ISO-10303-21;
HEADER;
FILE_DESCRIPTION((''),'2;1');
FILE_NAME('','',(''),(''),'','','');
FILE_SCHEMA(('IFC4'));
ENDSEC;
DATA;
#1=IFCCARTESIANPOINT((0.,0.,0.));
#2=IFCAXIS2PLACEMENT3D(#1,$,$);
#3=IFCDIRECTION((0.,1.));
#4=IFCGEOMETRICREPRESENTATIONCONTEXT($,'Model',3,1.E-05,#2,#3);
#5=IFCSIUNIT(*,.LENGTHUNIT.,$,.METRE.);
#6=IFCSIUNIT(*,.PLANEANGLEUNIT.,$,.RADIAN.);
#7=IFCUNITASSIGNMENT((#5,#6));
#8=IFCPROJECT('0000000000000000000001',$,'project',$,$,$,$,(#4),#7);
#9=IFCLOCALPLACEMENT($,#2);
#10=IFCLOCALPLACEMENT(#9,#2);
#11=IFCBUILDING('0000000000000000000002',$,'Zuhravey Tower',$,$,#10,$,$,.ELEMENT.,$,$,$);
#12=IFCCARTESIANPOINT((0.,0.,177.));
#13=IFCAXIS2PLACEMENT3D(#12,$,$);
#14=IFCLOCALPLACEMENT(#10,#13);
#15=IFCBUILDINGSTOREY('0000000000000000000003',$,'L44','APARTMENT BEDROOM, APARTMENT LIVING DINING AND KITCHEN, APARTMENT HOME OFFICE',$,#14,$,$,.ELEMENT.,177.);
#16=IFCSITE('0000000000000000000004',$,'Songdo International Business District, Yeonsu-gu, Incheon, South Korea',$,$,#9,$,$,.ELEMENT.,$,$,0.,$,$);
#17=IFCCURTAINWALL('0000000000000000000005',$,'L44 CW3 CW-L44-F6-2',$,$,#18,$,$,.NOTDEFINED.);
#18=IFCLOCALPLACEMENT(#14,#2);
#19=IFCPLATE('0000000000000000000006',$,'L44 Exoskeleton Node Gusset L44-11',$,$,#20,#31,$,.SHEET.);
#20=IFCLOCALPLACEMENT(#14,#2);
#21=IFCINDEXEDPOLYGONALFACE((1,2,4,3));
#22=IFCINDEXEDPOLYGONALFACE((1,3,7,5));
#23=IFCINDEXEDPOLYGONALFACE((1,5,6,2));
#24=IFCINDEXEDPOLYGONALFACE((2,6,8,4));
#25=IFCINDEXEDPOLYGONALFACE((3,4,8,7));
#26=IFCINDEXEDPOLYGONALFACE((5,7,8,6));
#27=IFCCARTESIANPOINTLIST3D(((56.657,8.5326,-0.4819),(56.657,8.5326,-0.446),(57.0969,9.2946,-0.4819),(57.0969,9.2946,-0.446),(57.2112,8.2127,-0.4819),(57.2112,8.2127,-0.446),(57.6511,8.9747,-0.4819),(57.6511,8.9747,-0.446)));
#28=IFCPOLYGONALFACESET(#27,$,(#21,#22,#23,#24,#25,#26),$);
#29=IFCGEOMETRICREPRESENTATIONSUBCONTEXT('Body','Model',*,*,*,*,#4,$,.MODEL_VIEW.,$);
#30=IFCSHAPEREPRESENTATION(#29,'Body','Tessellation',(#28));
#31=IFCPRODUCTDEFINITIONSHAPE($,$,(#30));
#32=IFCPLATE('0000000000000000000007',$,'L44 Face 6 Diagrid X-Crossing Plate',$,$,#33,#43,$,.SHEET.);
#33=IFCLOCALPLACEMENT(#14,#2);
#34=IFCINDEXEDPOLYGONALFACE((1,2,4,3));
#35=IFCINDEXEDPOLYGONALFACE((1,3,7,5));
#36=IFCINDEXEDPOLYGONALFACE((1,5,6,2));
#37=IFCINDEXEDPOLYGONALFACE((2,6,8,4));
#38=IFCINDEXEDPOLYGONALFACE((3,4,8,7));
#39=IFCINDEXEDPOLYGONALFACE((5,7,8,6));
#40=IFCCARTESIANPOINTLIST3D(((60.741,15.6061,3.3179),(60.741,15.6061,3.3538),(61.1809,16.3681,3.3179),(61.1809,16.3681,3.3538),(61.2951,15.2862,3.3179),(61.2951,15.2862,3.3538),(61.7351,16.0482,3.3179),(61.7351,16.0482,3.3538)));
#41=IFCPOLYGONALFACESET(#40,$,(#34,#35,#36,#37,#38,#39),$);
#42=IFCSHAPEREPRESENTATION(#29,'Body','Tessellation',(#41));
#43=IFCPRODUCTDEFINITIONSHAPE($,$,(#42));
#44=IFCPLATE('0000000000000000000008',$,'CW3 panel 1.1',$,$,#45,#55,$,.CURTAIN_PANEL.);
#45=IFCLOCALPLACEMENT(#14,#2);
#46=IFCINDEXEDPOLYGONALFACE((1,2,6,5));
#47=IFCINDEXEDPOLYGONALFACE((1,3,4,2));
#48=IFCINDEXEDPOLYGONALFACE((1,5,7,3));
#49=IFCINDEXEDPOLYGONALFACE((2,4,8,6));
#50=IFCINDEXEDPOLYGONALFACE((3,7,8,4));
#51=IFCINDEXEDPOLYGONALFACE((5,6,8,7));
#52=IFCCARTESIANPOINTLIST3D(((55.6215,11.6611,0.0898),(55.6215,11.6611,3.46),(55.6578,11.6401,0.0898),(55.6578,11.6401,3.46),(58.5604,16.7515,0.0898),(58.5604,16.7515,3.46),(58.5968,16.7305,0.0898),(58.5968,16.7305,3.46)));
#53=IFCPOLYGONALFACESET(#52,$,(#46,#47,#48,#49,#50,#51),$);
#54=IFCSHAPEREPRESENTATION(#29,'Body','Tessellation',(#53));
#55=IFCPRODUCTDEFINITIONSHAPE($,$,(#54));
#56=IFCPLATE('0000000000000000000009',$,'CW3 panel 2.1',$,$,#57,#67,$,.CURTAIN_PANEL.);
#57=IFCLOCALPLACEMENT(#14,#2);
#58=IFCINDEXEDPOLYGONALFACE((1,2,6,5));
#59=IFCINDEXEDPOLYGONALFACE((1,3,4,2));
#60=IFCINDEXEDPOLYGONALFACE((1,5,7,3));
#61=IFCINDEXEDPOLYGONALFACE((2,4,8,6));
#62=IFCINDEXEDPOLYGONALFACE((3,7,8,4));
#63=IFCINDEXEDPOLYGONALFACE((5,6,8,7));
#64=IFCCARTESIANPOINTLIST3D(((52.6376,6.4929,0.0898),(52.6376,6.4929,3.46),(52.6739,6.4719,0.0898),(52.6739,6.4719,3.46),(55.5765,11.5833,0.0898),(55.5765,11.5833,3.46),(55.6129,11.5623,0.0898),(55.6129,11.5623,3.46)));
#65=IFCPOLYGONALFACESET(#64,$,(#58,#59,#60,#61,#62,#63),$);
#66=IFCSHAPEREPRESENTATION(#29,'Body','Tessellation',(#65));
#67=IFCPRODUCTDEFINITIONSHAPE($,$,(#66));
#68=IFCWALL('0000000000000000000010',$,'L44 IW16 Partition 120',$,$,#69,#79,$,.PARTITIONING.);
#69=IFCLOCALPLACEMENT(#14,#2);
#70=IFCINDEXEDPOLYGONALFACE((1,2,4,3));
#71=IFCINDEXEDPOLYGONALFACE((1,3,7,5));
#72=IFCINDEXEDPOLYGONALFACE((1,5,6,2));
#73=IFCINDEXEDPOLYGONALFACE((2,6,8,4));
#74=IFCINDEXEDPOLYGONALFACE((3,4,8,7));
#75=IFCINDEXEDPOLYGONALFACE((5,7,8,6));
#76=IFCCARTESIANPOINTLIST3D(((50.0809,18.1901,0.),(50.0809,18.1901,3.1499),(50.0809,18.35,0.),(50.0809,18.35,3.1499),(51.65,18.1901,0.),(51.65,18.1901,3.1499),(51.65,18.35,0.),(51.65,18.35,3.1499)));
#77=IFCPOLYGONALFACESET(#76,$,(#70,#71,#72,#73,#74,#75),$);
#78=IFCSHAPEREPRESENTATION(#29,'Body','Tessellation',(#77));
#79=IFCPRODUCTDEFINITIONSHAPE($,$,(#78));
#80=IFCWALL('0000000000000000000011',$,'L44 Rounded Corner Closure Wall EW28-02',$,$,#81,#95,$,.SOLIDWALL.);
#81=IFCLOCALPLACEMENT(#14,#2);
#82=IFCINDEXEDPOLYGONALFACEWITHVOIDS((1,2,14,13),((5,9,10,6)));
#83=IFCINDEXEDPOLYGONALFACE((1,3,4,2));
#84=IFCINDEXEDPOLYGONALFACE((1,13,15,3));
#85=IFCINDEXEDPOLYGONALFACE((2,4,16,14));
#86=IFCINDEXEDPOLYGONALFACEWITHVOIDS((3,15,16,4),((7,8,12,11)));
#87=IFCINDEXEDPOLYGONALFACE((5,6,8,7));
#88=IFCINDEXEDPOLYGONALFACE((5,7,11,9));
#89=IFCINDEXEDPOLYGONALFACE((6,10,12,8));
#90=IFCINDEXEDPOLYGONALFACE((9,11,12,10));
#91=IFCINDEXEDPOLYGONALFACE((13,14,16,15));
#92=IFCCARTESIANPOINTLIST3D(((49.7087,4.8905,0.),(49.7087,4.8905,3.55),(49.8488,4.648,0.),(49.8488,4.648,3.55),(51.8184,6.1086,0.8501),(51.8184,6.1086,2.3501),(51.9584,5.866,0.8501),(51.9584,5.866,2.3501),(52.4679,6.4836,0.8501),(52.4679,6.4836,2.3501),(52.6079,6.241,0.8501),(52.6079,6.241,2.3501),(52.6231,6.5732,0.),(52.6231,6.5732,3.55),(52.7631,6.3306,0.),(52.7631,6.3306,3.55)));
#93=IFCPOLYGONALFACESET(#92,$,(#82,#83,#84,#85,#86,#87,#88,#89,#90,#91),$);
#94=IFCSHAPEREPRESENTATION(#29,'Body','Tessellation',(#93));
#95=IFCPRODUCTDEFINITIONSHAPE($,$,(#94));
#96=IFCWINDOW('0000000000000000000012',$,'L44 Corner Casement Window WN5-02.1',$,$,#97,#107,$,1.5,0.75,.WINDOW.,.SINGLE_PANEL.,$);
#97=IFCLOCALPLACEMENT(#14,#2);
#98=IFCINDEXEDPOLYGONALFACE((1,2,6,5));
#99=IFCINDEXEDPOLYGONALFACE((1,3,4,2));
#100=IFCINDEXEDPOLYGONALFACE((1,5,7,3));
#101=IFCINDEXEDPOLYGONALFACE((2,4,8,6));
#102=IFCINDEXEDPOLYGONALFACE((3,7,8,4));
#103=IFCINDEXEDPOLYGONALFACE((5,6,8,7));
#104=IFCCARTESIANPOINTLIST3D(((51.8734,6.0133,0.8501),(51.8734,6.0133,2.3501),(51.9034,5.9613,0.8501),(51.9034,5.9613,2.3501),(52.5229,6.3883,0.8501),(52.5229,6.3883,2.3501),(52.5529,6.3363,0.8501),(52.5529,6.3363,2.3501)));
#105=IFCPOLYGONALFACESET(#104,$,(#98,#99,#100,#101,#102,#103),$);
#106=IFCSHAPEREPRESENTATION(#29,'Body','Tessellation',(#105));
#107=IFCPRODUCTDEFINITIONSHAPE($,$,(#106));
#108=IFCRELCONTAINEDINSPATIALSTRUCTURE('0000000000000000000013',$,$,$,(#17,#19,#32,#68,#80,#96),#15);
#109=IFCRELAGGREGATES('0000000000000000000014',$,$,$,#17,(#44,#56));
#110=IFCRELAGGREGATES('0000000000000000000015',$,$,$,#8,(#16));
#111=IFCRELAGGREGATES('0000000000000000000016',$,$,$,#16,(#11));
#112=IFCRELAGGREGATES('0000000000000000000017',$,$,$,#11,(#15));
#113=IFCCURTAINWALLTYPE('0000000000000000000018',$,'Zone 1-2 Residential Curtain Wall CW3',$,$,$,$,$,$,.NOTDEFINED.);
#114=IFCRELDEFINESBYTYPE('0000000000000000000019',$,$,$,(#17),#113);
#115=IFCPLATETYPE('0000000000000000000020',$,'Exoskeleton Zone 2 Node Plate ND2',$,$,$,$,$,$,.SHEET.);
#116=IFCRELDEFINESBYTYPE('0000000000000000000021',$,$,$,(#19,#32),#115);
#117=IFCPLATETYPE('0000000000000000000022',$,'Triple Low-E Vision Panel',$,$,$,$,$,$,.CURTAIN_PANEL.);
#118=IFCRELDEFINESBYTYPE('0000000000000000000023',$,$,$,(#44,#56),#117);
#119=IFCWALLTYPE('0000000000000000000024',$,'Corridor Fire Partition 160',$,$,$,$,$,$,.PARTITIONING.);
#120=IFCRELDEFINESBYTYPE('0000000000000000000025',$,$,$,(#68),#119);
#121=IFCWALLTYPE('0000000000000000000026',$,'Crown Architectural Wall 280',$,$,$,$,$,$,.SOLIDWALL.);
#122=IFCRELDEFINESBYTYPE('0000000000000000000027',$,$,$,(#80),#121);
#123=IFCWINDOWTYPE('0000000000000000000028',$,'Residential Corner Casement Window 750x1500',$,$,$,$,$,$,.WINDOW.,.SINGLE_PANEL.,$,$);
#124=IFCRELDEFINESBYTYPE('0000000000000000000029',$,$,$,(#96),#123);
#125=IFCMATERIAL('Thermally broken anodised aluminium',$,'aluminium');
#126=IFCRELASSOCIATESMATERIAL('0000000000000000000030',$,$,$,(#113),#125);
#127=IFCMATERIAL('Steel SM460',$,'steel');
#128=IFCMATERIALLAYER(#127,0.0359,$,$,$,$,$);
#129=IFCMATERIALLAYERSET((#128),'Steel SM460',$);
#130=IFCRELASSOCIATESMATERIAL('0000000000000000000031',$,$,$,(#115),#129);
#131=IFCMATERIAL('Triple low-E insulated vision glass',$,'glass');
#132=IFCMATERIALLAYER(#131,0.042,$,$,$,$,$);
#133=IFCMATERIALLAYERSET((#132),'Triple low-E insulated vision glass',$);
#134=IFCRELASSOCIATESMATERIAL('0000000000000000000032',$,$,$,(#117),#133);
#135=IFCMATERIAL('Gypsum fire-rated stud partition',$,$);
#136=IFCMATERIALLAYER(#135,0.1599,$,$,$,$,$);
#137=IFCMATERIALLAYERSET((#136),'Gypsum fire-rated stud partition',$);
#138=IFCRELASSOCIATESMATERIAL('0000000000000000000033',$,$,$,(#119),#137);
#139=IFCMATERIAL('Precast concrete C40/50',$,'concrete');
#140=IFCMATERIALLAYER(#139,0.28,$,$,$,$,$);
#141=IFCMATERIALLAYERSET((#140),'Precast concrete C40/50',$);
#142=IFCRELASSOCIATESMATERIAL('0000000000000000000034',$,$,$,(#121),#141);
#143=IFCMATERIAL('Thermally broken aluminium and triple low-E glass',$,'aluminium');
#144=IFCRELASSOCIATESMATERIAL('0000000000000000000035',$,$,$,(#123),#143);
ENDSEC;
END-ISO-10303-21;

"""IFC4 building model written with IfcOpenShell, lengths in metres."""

from ifc_helpers import new_model, si_unit, direction, frame, frame_2d, origin, origin_2d, place, context, subcontext, project, spatial, rectangle, extrude, material, layer, layer_set, type_object, element, fill, aggregate, save


model = new_model("IFC4")

# Units and contexts
model_context = context("Model", 3, precision=1e-05, world=origin(), true_north=direction((0.0, 1.0)))
body_context = subcontext(model_context, "Body", "Model", "MODEL_VIEW")
ifc_project = project(units=[si_unit("LENGTHUNIT", "METRE"), si_unit("PLANEANGLEUNIT", "RADIAN")], contexts=[model_context])

# Site, building, storey
site_placement = place(None, origin())
site = spatial("IfcSite", under=ifc_project, at=site_placement, Name="Songdo International Business District, Yeonsu-gu, Incheon, South Korea", CompositionType="ELEMENT", RefElevation=0.0)
building_placement = place(site_placement, origin())
building = spatial("IfcBuilding", under=site, at=building_placement, Name="Zuhravey Tower", CompositionType="ELEMENT")
storey_placement = place(building_placement, frame((0.0, 0.0, 177.0)))
storey = spatial("IfcBuildingStorey", under=building, at=storey_placement, Name="L44", Description="APARTMENT BEDROOM, APARTMENT LIVING DINING AND KITCHEN, APARTMENT HOME OFFICE", CompositionType="ELEMENT", Elevation=177.0)

# Shared definitions
ifc_material_1 = material(Name="Thermally broken anodised aluminium", Category="aluminium")
curtain_wall_type = type_object("IfcCurtainWallType", Name="Zone 1-2 Residential Curtain Wall CW3", PredefinedType="NOTDEFINED", material=ifc_material_1)

# Curtain wall
curtain_wall_1_placement = place(storey_placement, origin())
curtain_wall_1 = element("IfcCurtainWall", 1, at=curtain_wall_1_placement, inside=storey, type_object=curtain_wall_type, Name="L44 CW3 CW-L44-F6-2", PredefinedType="NOTDEFINED")

# Shared definitions
ifc_material_2 = material(Name="Steel SM460", Category="steel")

# Plates
ifc_layer_1 = layer(ifc_material_2, 0.0359)
ifc_layer_set_1 = layer_set([ifc_layer_1], Name="Steel SM460")
plate_type_1 = type_object("IfcPlateType", Name="Exoskeleton Zone 2 Node Plate ND2", PredefinedType="SHEET", material=ifc_layer_set_1)
for number, where, z_axis, x_axis, name in (
    (2, (57.1541, 8.7537, -0.4819), (0.0, 0.0, 1.0), (0.5, 0.866025, 0.0), "L44 Exoskeleton Node Gusset L44-11"),
    (3, (61.238, 15.8271, 3.3179), (0.0, 0.0, 1.0), (0.5, 0.866025, 0.0), "L44 Face 6 Diagrid X-Crossing Plate"),
):
    element("IfcPlate", number, at=place(storey_placement, frame(where, z_axis=z_axis, x_axis=x_axis)), inside=storey, type_object=plate_type_1, Name=name, PredefinedType="SHEET", context=body_context, shape_type="SweptSolid", body=[
        extrude(rectangle(XDim=0.8799, YDim=0.6399, at=origin_2d()), origin(), (0.0, 0.0, 1.0), 0.0359),
    ])

# Plates
ifc_material_3 = material(Name="Triple low-E insulated vision glass", Category="glass")
ifc_layer_2 = layer(ifc_material_3, 0.042)
ifc_layer_set_2 = layer_set([ifc_layer_2], Name="Triple low-E insulated vision glass")
plate_type_2 = type_object("IfcPlateType", Name="Triple Low-E Vision Panel", PredefinedType="CURTAIN_PANEL", material=ifc_layer_set_2)
plate_1_placement = place(storey_placement, frame((57.1091, 14.1958, 0.0898), z_axis=(0.0, 0.0, 1.0), x_axis=(-0.499999, -0.866026, 0.0)))
plate_1 = element("IfcPlate", 4, at=plate_1_placement, type_object=plate_type_2, Name="CW3 panel 1.1", PredefinedType="CURTAIN_PANEL", context=body_context, shape_type="SweptSolid", body=[
    extrude(rectangle(XDim=5.8779, YDim=0.042, at=origin_2d()), origin(), (0.0, 0.0, 1.0), 3.3701),
])
plate_2_placement = place(storey_placement, frame((54.1252, 9.0276, 0.0898), z_axis=(0.0, 0.0, 1.0), x_axis=(-0.499999, -0.866026, 0.0)))
plate_2 = element("IfcPlate", 5, at=plate_2_placement, type_object=plate_type_2, Name="CW3 panel 2.1", PredefinedType="CURTAIN_PANEL", context=body_context, shape_type="SweptSolid", body=[
    extrude(rectangle(XDim=5.8779, YDim=0.042, at=origin_2d()), origin(), (0.0, 0.0, 1.0), 3.3701),
])
aggregate(curtain_wall_1, [plate_1, plate_2])

# Wall
ifc_material_4 = material(Name="Gypsum fire-rated stud partition")
ifc_layer_3 = layer(ifc_material_4, 0.1599)
ifc_layer_set_3 = layer_set([ifc_layer_3], Name="Gypsum fire-rated stud partition")
wall_type_1 = type_object("IfcWallType", Name="Corridor Fire Partition 160", PredefinedType="PARTITIONING", material=ifc_layer_set_3)
wall_1_placement = place(storey_placement, frame((50.0808, 18.27, 0.0), z_axis=(0.0, 0.0, 1.0), x_axis=(1.0, 0.0, 0.0)))
element("IfcWall", 6, at=wall_1_placement, inside=storey, type_object=wall_type_1, Name="L44 IW16 Partition 120", PredefinedType="PARTITIONING", context=body_context, shape_type="SweptSolid", body=[
    extrude(rectangle(XDim=1.5691, YDim=0.1599, at=frame_2d((0.7847, 0.0))), origin(), (0.0, 0.0, 1.0), 3.1499),
])

# Wall, opening, window
ifc_material_5 = material(Name="Precast concrete C40/50", Category="concrete")
ifc_layer_4 = layer(ifc_material_5, 0.28)
ifc_layer_set_4 = layer_set([ifc_layer_4], Name="Precast concrete C40/50")
wall_type_2 = type_object("IfcWallType", Name="Crown Architectural Wall 280", PredefinedType="SOLIDWALL", material=ifc_layer_set_4)
wall_2_placement = place(storey_placement, frame((52.6931, 6.4519, 0.0), z_axis=(0.0, 0.0, 1.0), x_axis=(-0.86602, -0.500009, 0.0)))
wall_2 = element("IfcWall", 7, at=wall_2_placement, inside=storey, type_object=wall_type_2, Name="L44 Rounded Corner Closure Wall EW28-02", PredefinedType="SOLIDWALL", context=body_context, shape_type="SweptSolid", body=[
    extrude(rectangle(XDim=3.3652, YDim=0.28, at=frame_2d((1.6826, 0.0))), origin(), (0.0, 0.0, 1.0), 3.55),
])
opening_placement = place(wall_2_placement, frame((0.1792, 0.0, 0.8501)))
opening = element("IfcOpeningElement", 8, at=opening_placement, cuts=wall_2, PredefinedType="OPENING", context=body_context, shape_type="SweptSolid", body=[
    extrude(rectangle(XDim=0.75, YDim=1.5, at=frame_2d((0.375, 0.75))), frame((0.0, 0.1521, 0.0), z_axis=(0.0, -1.0, 0.0), x_axis=(1.0, 0.0, 0.0)), (0.0, 0.0, 1.0), 0.304),
])
ifc_material_6 = material(Name="Thermally broken aluminium and triple low-E glass", Category="aluminium")
window_type = type_object("IfcWindowType", Name="Residential Corner Casement Window 750x1500", PartitioningType="SINGLE_PANEL", PredefinedType="WINDOW", material=ifc_material_6)
window_placement = place(opening_placement, origin())
window = element("IfcWindow", 9, at=window_placement, inside=storey, type_object=window_type, Name="L44 Corner Casement Window WN5-02.1", OverallHeight=1.5, OverallWidth=0.75, PartitioningType="SINGLE_PANEL", PredefinedType="WINDOW", context=body_context, shape_type="SweptSolid", body=[
    extrude(rectangle(XDim=0.75, YDim=1.5, at=frame_2d((0.375, 0.75))), frame((0.0, 0.03, 0.0), z_axis=(0.0, -1.0, 0.0), x_axis=(1.0, 0.0, 0.0)), (0.0, 0.0, 1.0), 0.0601),
])
fill(opening, window)

save(model, "model.ifc")
